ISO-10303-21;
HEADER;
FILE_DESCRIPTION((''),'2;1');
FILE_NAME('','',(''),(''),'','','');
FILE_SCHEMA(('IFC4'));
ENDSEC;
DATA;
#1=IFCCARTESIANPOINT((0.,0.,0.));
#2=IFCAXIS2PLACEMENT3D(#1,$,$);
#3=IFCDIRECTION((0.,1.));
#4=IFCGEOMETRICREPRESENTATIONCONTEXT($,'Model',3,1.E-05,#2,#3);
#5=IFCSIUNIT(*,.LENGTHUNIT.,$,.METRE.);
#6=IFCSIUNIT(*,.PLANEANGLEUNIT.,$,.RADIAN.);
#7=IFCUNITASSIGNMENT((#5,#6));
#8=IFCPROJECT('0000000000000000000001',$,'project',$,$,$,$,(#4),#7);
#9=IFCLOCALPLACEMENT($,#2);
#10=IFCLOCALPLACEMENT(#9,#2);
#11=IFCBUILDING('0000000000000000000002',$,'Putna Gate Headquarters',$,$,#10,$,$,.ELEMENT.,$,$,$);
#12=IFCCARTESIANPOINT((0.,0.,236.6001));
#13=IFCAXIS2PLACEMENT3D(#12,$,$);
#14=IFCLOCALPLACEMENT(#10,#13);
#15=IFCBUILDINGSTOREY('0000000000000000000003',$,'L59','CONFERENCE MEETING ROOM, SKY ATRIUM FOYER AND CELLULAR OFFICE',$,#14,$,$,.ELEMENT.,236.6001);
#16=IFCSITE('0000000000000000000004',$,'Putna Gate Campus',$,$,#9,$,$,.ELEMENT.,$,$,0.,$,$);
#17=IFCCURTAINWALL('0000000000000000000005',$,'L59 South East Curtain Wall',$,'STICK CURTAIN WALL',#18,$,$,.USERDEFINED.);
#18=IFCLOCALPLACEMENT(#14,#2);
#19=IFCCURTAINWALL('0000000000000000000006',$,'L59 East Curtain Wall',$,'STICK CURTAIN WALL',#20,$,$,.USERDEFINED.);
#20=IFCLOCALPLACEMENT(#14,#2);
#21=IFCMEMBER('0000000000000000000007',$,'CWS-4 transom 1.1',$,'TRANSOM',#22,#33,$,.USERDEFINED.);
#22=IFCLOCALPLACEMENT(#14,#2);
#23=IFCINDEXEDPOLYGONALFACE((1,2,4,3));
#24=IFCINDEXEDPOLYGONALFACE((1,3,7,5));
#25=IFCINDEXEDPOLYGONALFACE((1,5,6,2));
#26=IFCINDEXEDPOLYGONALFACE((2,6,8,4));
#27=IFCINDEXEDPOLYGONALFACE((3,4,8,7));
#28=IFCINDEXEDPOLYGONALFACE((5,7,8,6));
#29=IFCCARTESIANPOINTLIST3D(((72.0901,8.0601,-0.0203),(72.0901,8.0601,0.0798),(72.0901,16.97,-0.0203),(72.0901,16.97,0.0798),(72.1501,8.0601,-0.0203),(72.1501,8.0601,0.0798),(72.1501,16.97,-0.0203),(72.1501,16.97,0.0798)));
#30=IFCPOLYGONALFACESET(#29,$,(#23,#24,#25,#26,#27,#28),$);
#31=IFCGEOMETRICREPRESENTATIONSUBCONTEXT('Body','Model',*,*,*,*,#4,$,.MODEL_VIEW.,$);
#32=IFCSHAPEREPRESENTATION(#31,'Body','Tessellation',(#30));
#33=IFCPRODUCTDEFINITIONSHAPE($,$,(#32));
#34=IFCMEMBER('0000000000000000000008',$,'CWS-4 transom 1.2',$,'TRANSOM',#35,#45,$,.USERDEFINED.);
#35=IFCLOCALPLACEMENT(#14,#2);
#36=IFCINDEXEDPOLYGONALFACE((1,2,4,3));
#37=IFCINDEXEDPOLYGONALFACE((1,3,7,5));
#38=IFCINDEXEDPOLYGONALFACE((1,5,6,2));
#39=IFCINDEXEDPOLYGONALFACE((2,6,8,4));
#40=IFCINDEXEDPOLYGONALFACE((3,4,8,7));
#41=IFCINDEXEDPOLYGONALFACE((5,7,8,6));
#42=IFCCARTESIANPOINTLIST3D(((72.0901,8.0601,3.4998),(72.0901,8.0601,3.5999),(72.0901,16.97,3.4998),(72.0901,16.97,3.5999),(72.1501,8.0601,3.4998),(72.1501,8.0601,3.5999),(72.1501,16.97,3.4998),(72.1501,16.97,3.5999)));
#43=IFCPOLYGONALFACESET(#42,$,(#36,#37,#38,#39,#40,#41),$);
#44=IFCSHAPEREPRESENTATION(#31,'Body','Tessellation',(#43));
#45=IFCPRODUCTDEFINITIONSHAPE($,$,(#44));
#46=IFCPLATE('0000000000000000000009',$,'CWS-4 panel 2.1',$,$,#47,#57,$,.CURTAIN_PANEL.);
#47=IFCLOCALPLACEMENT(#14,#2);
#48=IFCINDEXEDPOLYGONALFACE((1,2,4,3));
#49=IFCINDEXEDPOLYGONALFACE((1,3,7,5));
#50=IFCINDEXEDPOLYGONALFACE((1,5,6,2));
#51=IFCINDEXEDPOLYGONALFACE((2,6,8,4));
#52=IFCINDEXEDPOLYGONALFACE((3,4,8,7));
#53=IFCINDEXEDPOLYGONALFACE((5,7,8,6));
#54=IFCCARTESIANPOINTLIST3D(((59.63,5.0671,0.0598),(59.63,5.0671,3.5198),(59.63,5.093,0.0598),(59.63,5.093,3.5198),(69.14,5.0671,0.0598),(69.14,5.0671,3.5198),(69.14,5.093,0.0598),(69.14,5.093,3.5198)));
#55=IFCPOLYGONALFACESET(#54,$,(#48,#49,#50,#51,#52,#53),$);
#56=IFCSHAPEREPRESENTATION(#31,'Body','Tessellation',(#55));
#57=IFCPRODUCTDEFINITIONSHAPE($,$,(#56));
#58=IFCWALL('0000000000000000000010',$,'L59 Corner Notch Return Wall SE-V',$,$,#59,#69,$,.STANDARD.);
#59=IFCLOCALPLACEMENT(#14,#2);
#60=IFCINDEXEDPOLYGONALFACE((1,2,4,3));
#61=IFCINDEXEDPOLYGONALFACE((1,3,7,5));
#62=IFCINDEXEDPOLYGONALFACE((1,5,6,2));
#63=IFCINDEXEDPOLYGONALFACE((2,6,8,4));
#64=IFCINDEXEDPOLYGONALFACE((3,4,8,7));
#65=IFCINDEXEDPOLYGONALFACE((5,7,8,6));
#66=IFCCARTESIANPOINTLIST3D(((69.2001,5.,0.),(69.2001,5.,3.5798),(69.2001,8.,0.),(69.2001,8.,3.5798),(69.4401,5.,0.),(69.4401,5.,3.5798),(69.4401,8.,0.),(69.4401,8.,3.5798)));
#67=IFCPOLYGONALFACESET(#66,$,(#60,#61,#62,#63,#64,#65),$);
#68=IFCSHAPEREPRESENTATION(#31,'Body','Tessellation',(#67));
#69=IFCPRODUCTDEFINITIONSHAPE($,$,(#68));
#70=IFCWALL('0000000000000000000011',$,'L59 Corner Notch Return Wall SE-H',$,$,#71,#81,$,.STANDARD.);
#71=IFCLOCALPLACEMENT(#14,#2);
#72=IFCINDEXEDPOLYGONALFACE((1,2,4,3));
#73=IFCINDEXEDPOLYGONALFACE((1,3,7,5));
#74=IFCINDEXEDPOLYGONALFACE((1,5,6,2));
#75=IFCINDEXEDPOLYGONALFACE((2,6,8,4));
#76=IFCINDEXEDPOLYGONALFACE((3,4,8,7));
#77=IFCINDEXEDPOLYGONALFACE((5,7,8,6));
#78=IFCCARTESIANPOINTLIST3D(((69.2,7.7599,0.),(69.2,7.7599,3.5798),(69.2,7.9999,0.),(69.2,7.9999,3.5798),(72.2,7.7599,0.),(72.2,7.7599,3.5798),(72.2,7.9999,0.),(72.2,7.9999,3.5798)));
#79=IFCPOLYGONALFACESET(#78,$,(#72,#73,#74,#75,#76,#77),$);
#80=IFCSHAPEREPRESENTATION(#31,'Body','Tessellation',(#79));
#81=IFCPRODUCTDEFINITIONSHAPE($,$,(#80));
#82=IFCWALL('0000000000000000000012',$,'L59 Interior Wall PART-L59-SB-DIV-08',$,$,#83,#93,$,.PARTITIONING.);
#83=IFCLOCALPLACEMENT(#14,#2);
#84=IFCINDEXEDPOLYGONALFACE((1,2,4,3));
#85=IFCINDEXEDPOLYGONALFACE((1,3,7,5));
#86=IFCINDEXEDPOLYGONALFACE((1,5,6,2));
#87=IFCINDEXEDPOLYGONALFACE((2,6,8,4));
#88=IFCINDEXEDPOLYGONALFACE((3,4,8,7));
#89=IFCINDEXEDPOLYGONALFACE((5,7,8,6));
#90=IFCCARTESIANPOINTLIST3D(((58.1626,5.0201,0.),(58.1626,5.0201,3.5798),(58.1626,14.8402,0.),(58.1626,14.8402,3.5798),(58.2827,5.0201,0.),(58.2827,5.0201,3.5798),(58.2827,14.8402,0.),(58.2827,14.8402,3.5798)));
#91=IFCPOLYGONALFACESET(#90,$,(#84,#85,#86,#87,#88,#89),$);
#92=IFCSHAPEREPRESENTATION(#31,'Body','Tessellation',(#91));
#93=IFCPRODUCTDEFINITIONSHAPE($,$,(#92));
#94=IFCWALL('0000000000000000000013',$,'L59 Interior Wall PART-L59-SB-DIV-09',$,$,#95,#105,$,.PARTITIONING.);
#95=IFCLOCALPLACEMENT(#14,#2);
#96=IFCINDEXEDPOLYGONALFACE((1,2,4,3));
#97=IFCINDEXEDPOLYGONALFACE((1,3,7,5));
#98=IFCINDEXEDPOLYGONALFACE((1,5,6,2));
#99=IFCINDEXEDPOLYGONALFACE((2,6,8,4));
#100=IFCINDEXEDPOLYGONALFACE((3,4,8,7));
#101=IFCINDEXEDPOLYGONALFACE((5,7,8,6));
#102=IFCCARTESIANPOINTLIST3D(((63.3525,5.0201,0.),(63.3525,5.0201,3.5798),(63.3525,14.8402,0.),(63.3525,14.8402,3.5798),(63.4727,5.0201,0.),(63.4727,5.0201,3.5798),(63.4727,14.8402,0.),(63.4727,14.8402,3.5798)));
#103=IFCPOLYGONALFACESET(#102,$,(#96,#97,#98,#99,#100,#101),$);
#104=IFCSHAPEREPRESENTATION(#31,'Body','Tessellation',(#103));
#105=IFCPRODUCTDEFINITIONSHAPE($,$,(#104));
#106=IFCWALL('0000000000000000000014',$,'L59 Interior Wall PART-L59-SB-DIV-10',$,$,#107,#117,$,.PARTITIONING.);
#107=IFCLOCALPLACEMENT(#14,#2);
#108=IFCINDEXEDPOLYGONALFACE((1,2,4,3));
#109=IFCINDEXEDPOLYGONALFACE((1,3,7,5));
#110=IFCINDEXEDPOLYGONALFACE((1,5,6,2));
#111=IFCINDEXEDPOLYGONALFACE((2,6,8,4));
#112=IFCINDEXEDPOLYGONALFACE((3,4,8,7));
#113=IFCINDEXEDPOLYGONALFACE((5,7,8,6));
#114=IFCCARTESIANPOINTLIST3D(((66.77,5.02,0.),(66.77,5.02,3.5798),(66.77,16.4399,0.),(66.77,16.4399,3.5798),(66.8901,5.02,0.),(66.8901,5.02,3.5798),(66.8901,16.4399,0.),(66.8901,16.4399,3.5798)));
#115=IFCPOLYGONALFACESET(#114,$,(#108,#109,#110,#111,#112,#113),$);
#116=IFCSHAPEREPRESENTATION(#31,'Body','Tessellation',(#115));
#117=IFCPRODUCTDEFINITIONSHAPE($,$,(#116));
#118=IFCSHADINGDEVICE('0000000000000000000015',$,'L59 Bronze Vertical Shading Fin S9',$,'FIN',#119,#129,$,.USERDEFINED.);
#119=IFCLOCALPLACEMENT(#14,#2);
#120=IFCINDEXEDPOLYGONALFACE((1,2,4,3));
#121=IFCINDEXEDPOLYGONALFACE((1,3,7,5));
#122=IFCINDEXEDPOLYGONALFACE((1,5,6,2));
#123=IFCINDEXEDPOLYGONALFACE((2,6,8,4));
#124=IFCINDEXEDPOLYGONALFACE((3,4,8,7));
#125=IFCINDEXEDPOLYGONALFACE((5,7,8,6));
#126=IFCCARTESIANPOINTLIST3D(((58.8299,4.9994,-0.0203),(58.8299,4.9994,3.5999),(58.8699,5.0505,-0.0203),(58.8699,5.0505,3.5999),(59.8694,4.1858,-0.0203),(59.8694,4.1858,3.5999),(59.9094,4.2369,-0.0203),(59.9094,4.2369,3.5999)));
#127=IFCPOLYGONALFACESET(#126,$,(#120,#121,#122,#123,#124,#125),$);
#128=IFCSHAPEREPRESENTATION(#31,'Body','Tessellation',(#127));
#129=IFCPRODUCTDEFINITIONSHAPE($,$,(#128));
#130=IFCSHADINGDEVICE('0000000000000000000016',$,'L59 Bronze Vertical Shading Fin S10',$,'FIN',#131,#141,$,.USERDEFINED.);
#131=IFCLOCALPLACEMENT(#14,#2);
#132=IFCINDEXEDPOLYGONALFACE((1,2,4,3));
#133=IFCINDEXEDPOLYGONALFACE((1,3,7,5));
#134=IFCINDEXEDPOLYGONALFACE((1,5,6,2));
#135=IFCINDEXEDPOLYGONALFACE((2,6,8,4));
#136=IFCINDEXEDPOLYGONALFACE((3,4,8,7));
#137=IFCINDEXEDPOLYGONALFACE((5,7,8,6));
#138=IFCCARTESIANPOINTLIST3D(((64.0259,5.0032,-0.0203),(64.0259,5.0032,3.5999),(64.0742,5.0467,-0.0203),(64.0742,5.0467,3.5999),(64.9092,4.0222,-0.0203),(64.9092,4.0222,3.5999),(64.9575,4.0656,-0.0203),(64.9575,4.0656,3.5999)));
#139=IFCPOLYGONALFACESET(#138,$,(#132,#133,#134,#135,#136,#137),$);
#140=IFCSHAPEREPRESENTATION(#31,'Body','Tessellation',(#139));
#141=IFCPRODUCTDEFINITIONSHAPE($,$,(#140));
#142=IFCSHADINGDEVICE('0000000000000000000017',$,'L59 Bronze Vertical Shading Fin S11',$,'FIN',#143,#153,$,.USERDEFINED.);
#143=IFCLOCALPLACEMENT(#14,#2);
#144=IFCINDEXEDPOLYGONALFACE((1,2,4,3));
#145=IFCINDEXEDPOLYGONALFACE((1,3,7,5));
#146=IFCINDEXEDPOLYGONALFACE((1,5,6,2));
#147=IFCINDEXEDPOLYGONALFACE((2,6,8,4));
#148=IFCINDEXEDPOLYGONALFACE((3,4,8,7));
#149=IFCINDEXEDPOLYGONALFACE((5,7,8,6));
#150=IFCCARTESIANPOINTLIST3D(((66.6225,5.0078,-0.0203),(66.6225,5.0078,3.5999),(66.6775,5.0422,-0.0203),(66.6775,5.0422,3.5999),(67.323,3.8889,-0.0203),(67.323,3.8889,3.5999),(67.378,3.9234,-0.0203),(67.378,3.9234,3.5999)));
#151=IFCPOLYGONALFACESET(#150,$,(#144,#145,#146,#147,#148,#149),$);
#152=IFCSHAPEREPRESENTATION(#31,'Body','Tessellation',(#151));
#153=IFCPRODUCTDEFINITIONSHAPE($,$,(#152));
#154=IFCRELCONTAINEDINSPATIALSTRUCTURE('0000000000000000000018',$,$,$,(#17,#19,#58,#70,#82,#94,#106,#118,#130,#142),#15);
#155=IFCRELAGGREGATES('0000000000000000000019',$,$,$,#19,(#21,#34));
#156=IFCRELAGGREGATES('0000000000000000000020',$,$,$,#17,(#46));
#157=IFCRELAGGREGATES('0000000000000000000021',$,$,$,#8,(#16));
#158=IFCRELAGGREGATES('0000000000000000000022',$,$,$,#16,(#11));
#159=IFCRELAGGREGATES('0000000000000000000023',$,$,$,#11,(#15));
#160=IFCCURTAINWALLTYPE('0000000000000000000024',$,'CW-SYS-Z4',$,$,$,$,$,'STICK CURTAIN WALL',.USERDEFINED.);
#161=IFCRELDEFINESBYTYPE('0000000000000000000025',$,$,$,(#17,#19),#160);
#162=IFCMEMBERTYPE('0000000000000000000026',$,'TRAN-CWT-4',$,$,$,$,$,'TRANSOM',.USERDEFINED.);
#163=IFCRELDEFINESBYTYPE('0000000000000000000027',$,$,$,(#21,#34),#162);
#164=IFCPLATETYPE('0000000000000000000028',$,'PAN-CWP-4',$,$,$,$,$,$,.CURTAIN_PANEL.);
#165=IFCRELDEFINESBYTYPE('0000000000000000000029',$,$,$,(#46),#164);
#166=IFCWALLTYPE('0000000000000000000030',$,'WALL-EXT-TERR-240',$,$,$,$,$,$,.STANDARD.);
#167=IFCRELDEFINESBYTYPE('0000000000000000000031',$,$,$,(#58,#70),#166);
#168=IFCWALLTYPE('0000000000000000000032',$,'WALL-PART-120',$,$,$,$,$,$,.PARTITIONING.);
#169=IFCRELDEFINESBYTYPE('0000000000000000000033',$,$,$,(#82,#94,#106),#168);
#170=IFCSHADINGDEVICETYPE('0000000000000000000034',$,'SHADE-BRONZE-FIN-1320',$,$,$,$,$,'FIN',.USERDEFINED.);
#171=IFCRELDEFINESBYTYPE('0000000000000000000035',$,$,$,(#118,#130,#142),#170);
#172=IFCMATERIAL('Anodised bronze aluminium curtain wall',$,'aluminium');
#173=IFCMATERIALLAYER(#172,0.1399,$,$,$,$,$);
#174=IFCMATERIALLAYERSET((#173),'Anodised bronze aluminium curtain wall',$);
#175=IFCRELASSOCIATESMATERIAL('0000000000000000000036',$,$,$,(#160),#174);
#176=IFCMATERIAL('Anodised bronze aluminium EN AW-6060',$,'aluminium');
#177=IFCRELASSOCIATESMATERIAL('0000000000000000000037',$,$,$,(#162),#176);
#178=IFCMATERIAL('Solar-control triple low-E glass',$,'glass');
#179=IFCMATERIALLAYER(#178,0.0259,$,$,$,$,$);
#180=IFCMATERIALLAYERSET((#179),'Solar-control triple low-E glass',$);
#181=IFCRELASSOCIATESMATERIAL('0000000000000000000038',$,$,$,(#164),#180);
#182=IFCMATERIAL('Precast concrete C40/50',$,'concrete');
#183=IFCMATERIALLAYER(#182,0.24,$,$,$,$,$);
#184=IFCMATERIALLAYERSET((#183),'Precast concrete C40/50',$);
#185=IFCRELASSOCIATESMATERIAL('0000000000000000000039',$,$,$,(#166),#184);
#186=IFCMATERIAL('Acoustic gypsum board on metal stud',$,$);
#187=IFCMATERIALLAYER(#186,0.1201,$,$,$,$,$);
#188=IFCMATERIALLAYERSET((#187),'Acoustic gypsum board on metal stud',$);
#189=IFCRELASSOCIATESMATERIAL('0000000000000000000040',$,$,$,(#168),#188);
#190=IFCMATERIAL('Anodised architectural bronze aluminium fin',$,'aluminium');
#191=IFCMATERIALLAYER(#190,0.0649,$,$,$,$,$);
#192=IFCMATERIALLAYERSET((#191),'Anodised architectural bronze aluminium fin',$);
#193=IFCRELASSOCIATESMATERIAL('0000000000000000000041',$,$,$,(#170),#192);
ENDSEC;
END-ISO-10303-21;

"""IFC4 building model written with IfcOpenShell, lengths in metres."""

from ifc_helpers import new_model, si_unit, direction, frame, frame_2d, origin, origin_2d, place, context, subcontext, project, spatial, rectangle, extrude, material, layer, layer_set, material_profile, profile_set, type_object, element, aggregate, save


model = new_model("IFC4")

# Units and contexts
model_context = context("Model", 3, precision=1e-05, world=origin(), true_north=direction((0.0, 1.0)))
body_context = subcontext(model_context, "Body", "Model", "MODEL_VIEW")
ifc_project = project(units=[si_unit("LENGTHUNIT", "METRE"), si_unit("PLANEANGLEUNIT", "RADIAN")], contexts=[model_context])

# Site, building, storey
site_placement = place(None, origin())
site = spatial("IfcSite", under=ifc_project, at=site_placement, Name="Putna Gate Campus", CompositionType="ELEMENT", RefElevation=0.0)
building_placement = place(site_placement, origin())
building = spatial("IfcBuilding", under=site, at=building_placement, Name="Putna Gate Headquarters", CompositionType="ELEMENT")
storey_placement = place(building_placement, frame((0.0, 0.0, 236.6001)))
storey = spatial("IfcBuildingStorey", under=building, at=storey_placement, Name="L59", Description="CONFERENCE MEETING ROOM, SKY ATRIUM FOYER AND CELLULAR OFFICE", CompositionType="ELEMENT", Elevation=236.6001)

# Curtain wall
ifc_material_1 = material(Name="Anodised bronze aluminium curtain wall", Category="aluminium")
ifc_layer_1 = layer(ifc_material_1, 0.1399)
ifc_layer_set_1 = layer_set([ifc_layer_1], Name="Anodised bronze aluminium curtain wall")
curtain_wall_type = type_object("IfcCurtainWallType", Name="CW-SYS-Z4", ElementType="STICK CURTAIN WALL", PredefinedType="USERDEFINED", material=ifc_layer_set_1)
curtain_wall_1_placement = place(storey_placement, origin())
curtain_wall_1 = element("IfcCurtainWall", 1, at=curtain_wall_1_placement, inside=storey, type_object=curtain_wall_type, Name="L59 South East Curtain Wall", ObjectType="STICK CURTAIN WALL", PredefinedType="USERDEFINED")
ifc_material_2 = material(Name="Anodised bronze aluminium EN AW-6060", Category="aluminium")

# Curtain wall
curtain_wall_2_placement = place(storey_placement, origin())
curtain_wall_2 = element("IfcCurtainWall", 2, at=curtain_wall_2_placement, inside=storey, type_object=curtain_wall_type, Name="L59 East Curtain Wall", ObjectType="STICK CURTAIN WALL", PredefinedType="USERDEFINED")

# Members
ifc_material_profile_1 = material_profile(ifc_material_2, rectangle(XDim=0.0601, YDim=0.1001, at=origin_2d()), Name="Anodised bronze aluminium EN AW-6060")
ifc_profile_set_1 = profile_set([ifc_material_profile_1], Name="Anodised bronze aluminium EN AW-6060")
member_type_1 = type_object("IfcMemberType", Name="TRAN-CWT-4", ElementType="TRANSOM", PredefinedType="USERDEFINED", material=ifc_profile_set_1)
member_1_placement = place(storey_placement, frame((72.1201, 8.0601, 0.0298), z_axis=(0.0, 1.0, 0.0), x_axis=(-1.0, 0.0, 0.0)))
member_1 = element("IfcMember", 3, at=member_1_placement, type_object=member_type_1, Name="CWS-4 transom 1.1", ObjectType="TRANSOM", PredefinedType="USERDEFINED", context=body_context, shape_type="SweptSolid", body=[
    extrude(rectangle(XDim=0.0601, YDim=0.1001, at=origin_2d()), origin(), (0.0, 0.0, 1.0), 8.9099),
])
member_2_placement = place(storey_placement, frame((72.1201, 8.0601, 3.5498), z_axis=(0.0, 1.0, 0.0), x_axis=(-1.0, 0.0, 0.0)))
member_2 = element("IfcMember", 4, at=member_2_placement, type_object=member_type_1, Name="CWS-4 transom 1.2", ObjectType="TRANSOM", PredefinedType="USERDEFINED", context=body_context, shape_type="SweptSolid", body=[
    extrude(rectangle(XDim=0.0601, YDim=0.1001, at=origin_2d()), origin(), (0.0, 0.0, 1.0), 8.9099),
])
aggregate(curtain_wall_2, [member_1, member_2])

# Plate
ifc_material_3 = material(Name="Solar-control triple low-E glass", Category="glass")
ifc_layer_2 = layer(ifc_material_3, 0.0259)
ifc_layer_set_2 = layer_set([ifc_layer_2], Name="Solar-control triple low-E glass")
plate_type = type_object("IfcPlateType", Name="PAN-CWP-4", PredefinedType="CURTAIN_PANEL", material=ifc_layer_set_2)
plate_placement = place(storey_placement, frame((64.385, 5.0801, 0.0598), z_axis=(0.0, 0.0, 1.0), x_axis=(1.0, 0.0, 0.0)))
plate = element("IfcPlate", 5, at=plate_placement, type_object=plate_type, Name="CWS-4 panel 2.1", PredefinedType="CURTAIN_PANEL", context=body_context, shape_type="SweptSolid", body=[
    extrude(rectangle(XDim=9.51, YDim=0.0259, at=origin_2d()), origin(), (0.0, 0.0, 1.0), 3.46),
])
aggregate(curtain_wall_1, [plate])

# Walls
ifc_material_4 = material(Name="Precast concrete C40/50", Category="concrete")
ifc_layer_3 = layer(ifc_material_4, 0.24)
ifc_layer_set_3 = layer_set([ifc_layer_3], Name="Precast concrete C40/50")
wall_type_1 = type_object("IfcWallType", Name="WALL-EXT-TERR-240", PredefinedType="STANDARD", material=ifc_layer_set_3)
for number, where, z_axis, x_axis, name in (
    (6, (69.3201, 8.0, 0.0), (0.0, 0.0, 1.0), (0.0, -1.0, 0.0), "L59 Corner Notch Return Wall SE-V"),
    (7, (72.2, 7.8799, 0.0), (0.0, 0.0, 1.0), (-1.0, 0.0, 0.0), "L59 Corner Notch Return Wall SE-H"),
):
    element("IfcWall", number, at=place(storey_placement, frame(where, z_axis=z_axis, x_axis=x_axis)), inside=storey, type_object=wall_type_1, Name=name, PredefinedType="STANDARD", context=body_context, shape_type="SweptSolid", body=[
        extrude(rectangle(XDim=3.0, YDim=0.24, at=frame_2d((1.5, 0.0))), origin(), (0.0, 0.0, 1.0), 3.5798),
    ])
ifc_material_5 = material(Name="Acoustic gypsum board on metal stud")
ifc_layer_4 = layer(ifc_material_5, 0.1201)
ifc_layer_set_4 = layer_set([ifc_layer_4], Name="Acoustic gypsum board on metal stud")
wall_type_2 = type_object("IfcWallType", Name="WALL-PART-120", PredefinedType="PARTITIONING", material=ifc_layer_set_4)
for number, where, z_axis, x_axis, name in (
    (8, (58.2227, 5.02, 0.0), (0.0, 0.0, 1.0), (0.0, 1.0, 0.0), "L59 Interior Wall PART-L59-SB-DIV-08"),
    (9, (63.4126, 5.02, 0.0), (0.0, 0.0, 1.0), (0.0, 1.0, 0.0), "L59 Interior Wall PART-L59-SB-DIV-09"),
):
    element("IfcWall", number, at=place(storey_placement, frame(where, z_axis=z_axis, x_axis=x_axis)), inside=storey, type_object=wall_type_2, Name=name, PredefinedType="PARTITIONING", context=body_context, shape_type="SweptSolid", body=[
        extrude(rectangle(XDim=9.8201, YDim=0.1201, at=frame_2d((4.9102, 0.0))), origin(), (0.0, 0.0, 1.0), 3.5798),
    ])
wall_placement = place(storey_placement, frame((66.8301, 5.02, 0.0), z_axis=(0.0, 0.0, 1.0), x_axis=(0.0, 1.0, 0.0)))
element("IfcWall", 10, at=wall_placement, inside=storey, type_object=wall_type_2, Name="L59 Interior Wall PART-L59-SB-DIV-10", PredefinedType="PARTITIONING", context=body_context, shape_type="SweptSolid", body=[
    extrude(rectangle(XDim=11.4199, YDim=0.1201, at=frame_2d((5.71, 0.0))), origin(), (0.0, 0.0, 1.0), 3.5798),
])

# Shading devices
ifc_material_6 = material(Name="Anodised architectural bronze aluminium fin", Category="aluminium")
ifc_layer_5 = layer(ifc_material_6, 0.0649)
ifc_layer_set_5 = layer_set([ifc_layer_5], Name="Anodised architectural bronze aluminium fin")
shading_device_type = type_object("IfcShadingDeviceType", Name="SHADE-BRONZE-FIN-1320", ElementType="FIN", PredefinedType="USERDEFINED", material=ifc_layer_set_5)
for number, where, z_axis, x_axis, name in (
    (11, (59.3696, 4.6182, -0.0203), (0.0, 0.0, 1.0), (0.787473, -0.616349, 0.0), "L59 Bronze Vertical Shading Fin S9"),
    (12, (64.4917, 4.5344, -0.0203), (0.0, 0.0, 1.0), (0.669131, -0.743145, 0.0), "L59 Bronze Vertical Shading Fin S10"),
    (13, (67.0002, 4.4656, -0.0203), (0.0, 0.0, 1.0), (0.530659, -0.847585, 0.0), "L59 Bronze Vertical Shading Fin S11"),
):
    element("IfcShadingDevice", number, at=place(storey_placement, frame(where, z_axis=z_axis, x_axis=x_axis)), inside=storey, type_object=shading_device_type, Name=name, ObjectType="FIN", PredefinedType="USERDEFINED", context=body_context, shape_type="SweptSolid", body=[
        extrude(rectangle(XDim=1.3201, YDim=0.0649, at=origin_2d()), origin(), (0.0, 0.0, 1.0), 3.6201),
    ])

save(model, "model.ifc")
